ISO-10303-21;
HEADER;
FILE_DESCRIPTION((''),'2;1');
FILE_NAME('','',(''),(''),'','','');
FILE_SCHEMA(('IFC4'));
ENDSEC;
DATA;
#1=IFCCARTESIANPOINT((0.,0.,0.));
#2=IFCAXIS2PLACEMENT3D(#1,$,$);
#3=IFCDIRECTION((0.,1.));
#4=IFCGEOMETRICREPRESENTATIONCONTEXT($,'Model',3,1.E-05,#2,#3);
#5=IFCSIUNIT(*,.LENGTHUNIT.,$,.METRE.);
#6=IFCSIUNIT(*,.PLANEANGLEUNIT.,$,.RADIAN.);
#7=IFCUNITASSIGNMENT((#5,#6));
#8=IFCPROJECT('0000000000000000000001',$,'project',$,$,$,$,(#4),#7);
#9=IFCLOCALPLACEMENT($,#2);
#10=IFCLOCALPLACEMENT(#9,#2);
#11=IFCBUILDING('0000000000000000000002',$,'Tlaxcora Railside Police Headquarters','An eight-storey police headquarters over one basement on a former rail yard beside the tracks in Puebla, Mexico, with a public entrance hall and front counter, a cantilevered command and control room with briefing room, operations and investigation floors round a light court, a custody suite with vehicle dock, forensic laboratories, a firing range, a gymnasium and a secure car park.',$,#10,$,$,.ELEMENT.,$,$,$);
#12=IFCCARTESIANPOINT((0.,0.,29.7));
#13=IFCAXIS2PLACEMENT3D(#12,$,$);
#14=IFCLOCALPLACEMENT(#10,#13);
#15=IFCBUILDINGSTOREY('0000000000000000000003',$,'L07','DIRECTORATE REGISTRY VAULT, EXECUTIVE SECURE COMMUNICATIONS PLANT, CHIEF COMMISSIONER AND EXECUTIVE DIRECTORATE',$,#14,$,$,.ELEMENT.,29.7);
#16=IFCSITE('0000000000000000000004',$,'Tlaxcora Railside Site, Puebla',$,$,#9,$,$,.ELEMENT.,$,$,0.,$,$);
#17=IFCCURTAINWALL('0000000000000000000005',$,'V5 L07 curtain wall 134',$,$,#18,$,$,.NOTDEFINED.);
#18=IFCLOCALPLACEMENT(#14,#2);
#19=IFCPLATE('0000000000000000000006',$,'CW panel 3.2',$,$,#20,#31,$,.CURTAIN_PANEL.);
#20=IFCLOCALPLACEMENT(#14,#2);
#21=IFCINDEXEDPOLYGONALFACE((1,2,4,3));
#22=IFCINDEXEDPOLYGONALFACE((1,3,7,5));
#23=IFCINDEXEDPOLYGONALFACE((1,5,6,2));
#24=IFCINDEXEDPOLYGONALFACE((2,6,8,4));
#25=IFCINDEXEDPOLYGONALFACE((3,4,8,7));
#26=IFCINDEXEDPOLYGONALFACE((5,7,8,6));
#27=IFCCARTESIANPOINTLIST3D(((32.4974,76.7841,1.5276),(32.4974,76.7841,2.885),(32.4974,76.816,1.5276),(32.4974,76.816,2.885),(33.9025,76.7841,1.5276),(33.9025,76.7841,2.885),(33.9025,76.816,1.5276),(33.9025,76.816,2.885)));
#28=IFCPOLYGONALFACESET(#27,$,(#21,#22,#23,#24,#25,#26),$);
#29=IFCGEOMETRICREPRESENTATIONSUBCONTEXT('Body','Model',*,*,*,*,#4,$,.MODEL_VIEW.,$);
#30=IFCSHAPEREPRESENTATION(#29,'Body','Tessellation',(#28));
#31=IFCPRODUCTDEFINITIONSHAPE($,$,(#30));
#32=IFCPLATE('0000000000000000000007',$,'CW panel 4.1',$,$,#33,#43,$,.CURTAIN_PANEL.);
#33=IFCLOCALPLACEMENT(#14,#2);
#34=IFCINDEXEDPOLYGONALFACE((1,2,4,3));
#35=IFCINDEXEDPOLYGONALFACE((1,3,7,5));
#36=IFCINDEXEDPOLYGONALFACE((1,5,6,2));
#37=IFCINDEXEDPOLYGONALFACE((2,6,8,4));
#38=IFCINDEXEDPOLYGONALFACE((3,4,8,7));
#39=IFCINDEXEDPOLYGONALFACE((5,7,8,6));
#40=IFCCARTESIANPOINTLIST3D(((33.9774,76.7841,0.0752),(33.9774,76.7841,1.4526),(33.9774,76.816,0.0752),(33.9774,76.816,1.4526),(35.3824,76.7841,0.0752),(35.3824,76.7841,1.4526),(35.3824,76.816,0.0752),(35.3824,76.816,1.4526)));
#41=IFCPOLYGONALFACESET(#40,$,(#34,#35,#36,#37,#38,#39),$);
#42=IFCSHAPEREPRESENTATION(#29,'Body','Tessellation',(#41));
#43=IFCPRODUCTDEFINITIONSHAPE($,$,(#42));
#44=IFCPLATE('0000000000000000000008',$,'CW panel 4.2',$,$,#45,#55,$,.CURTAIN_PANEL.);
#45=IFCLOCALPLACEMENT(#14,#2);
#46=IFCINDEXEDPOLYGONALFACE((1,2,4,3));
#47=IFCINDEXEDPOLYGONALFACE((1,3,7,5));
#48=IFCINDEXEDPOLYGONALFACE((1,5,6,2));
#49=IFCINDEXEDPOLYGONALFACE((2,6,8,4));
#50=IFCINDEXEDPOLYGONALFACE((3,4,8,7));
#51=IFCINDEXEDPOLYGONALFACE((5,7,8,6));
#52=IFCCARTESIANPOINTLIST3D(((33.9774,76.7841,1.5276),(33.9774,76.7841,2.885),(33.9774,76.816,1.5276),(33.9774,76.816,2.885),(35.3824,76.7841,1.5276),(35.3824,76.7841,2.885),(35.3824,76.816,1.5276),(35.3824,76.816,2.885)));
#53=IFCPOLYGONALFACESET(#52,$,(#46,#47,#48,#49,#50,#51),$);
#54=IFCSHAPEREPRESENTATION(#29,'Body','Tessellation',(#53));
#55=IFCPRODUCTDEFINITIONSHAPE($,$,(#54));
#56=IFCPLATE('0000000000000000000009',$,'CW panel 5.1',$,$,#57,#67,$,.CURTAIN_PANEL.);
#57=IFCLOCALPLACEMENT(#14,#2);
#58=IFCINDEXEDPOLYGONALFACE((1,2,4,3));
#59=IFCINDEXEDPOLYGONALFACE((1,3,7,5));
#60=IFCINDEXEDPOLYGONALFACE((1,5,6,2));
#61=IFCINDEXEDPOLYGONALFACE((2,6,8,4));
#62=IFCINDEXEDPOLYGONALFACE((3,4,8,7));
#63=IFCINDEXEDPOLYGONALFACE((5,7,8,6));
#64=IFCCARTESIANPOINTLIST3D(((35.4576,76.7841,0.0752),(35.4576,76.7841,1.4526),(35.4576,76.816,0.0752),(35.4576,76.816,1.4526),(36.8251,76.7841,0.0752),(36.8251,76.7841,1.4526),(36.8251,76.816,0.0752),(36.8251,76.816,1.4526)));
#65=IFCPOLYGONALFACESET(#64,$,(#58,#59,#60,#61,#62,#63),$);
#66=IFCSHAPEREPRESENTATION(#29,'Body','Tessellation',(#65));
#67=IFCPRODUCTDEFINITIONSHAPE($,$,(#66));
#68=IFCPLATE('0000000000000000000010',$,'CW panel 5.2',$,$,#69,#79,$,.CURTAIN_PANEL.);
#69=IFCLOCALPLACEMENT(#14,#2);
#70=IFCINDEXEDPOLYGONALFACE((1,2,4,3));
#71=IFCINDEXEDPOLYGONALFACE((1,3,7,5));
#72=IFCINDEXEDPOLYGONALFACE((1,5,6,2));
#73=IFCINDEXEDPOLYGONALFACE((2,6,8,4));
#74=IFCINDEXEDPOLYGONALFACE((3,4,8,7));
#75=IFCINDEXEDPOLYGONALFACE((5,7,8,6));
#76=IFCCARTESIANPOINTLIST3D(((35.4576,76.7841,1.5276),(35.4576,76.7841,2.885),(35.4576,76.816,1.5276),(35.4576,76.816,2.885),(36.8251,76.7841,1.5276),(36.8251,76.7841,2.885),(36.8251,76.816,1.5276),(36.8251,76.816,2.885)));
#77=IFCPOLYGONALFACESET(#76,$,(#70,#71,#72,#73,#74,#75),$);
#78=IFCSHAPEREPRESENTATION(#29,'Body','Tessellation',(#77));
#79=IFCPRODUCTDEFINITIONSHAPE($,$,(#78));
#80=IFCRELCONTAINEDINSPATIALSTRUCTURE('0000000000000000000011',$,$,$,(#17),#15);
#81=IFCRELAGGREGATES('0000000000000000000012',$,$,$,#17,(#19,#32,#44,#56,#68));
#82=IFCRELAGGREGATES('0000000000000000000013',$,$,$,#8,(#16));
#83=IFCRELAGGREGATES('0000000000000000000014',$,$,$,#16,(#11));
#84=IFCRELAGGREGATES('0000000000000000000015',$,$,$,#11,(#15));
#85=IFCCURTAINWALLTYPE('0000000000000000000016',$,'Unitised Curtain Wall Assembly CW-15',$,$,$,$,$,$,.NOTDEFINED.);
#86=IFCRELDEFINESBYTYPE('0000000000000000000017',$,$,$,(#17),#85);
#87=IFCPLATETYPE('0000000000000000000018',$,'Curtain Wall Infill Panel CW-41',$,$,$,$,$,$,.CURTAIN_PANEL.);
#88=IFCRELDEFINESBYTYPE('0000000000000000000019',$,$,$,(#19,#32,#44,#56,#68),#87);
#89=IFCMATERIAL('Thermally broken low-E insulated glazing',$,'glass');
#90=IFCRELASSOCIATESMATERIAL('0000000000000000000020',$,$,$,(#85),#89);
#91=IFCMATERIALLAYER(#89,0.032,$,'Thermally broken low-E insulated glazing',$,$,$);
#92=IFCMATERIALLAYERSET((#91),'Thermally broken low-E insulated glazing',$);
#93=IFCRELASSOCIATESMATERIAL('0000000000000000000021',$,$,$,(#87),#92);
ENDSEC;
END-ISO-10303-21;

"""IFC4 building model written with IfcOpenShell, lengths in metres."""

from ifc_helpers import new_model, si_unit, direction, frame, origin, origin_2d, place, context, subcontext, project, spatial, rectangle, extrude, material, layer, layer_set, type_object, element, aggregate, save


model = new_model("IFC4")

# Units and contexts
model_context = context("Model", 3, precision=1e-05, world=origin(), true_north=direction((0.0, 1.0)))
body_context = subcontext(model_context, "Body", "Model", "MODEL_VIEW")
ifc_project = project(units=[si_unit("LENGTHUNIT", "METRE"), si_unit("PLANEANGLEUNIT", "RADIAN")], contexts=[model_context])

# Site, building, storey
site_placement = place(None, origin())
site = spatial("IfcSite", under=ifc_project, at=site_placement, Name="Tlaxcora Railside Site, Puebla", CompositionType="ELEMENT", RefElevation=0.0)
building_placement = place(site_placement, origin())
building = spatial("IfcBuilding", under=site, at=building_placement, Name="Tlaxcora Railside Police Headquarters", Description="An eight-storey police headquarters over one basement on a former rail yard beside the tracks in Puebla, Mexico, with a public entrance hall and front counter, a cantilevered command and control room with briefing room, operations and investigation floors round a light court, a custody suite with vehicle dock, forensic laboratories, a firing range, a gymnasium and a secure car park.", CompositionType="ELEMENT")
storey_placement = place(building_placement, frame((0.0, 0.0, 29.7)))
storey = spatial("IfcBuildingStorey", under=building, at=storey_placement, Name="L07", Description="DIRECTORATE REGISTRY VAULT, EXECUTIVE SECURE COMMUNICATIONS PLANT, CHIEF COMMISSIONER AND EXECUTIVE DIRECTORATE", CompositionType="ELEMENT", Elevation=29.7)

# Curtain wall
ifc_material_1 = material(Name="Thermally broken low-E insulated glazing", Category="glass")
curtain_wall_type = type_object("IfcCurtainWallType", Name="Unitised Curtain Wall Assembly CW-15", PredefinedType="NOTDEFINED", material=ifc_material_1)
curtain_wall_placement = place(storey_placement, origin())
curtain_wall = element("IfcCurtainWall", 1, at=curtain_wall_placement, inside=storey, type_object=curtain_wall_type, Name="V5 L07 curtain wall 134", PredefinedType="NOTDEFINED")

# Plates
ifc_layer = layer(ifc_material_1, 0.032, Name="Thermally broken low-E insulated glazing")
ifc_layer_set = layer_set([ifc_layer], Name="Thermally broken low-E insulated glazing")
plate_type = type_object("IfcPlateType", Name="Curtain Wall Infill Panel CW-41", PredefinedType="CURTAIN_PANEL", material=ifc_layer_set)
plate_1_placement = place(storey_placement, frame((33.2, 76.8, 1.5276), z_axis=(0.0, 0.0, 1.0), x_axis=(1.0, 0.0, 0.0)))
plate_1 = element("IfcPlate", 2, at=plate_1_placement, type_object=plate_type, Name="CW panel 3.2", PredefinedType="CURTAIN_PANEL", context=body_context, shape_type="SweptSolid", body=[
    extrude(rectangle(XDim=1.405, YDim=0.032, at=origin_2d()), origin(), (0.0, 0.0, 1.0), 1.3574),
])
plate_2_placement = place(storey_placement, frame((34.6799, 76.8, 0.0752), z_axis=(0.0, 0.0, 1.0), x_axis=(1.0, 0.0, 0.0)))
plate_2 = element("IfcPlate", 3, at=plate_2_placement, type_object=plate_type, Name="CW panel 4.1", PredefinedType="CURTAIN_PANEL", context=body_context, shape_type="SweptSolid", body=[
    extrude(rectangle(XDim=1.405, YDim=0.032, at=origin_2d()), origin(), (0.0, 0.0, 1.0), 1.3774),
])
plate_3_placement = place(storey_placement, frame((34.6799, 76.8, 1.5276), z_axis=(0.0, 0.0, 1.0), x_axis=(1.0, 0.0, 0.0)))
plate_3 = element("IfcPlate", 4, at=plate_3_placement, type_object=plate_type, Name="CW panel 4.2", PredefinedType="CURTAIN_PANEL", context=body_context, shape_type="SweptSolid", body=[
    extrude(rectangle(XDim=1.405, YDim=0.032, at=origin_2d()), origin(), (0.0, 0.0, 1.0), 1.3574),
])
plate_4_placement = place(storey_placement, frame((36.1414, 76.8, 0.0752), z_axis=(0.0, 0.0, 1.0), x_axis=(1.0, 0.0, 0.0)))
plate_4 = element("IfcPlate", 5, at=plate_4_placement, type_object=plate_type, Name="CW panel 5.1", PredefinedType="CURTAIN_PANEL", context=body_context, shape_type="SweptSolid", body=[
    extrude(rectangle(XDim=1.3674, YDim=0.032, at=origin_2d()), origin(), (0.0, 0.0, 1.0), 1.3774),
])
plate_5_placement = place(storey_placement, frame((36.1414, 76.8, 1.5276), z_axis=(0.0, 0.0, 1.0), x_axis=(1.0, 0.0, 0.0)))
plate_5 = element("IfcPlate", 6, at=plate_5_placement, type_object=plate_type, Name="CW panel 5.2", PredefinedType="CURTAIN_PANEL", context=body_context, shape_type="SweptSolid", body=[
    extrude(rectangle(XDim=1.3674, YDim=0.032, at=origin_2d()), origin(), (0.0, 0.0, 1.0), 1.3574),
])
aggregate(curtain_wall, [plate_1, plate_2, plate_3, plate_4, plate_5])

save(model, "model.ifc")
